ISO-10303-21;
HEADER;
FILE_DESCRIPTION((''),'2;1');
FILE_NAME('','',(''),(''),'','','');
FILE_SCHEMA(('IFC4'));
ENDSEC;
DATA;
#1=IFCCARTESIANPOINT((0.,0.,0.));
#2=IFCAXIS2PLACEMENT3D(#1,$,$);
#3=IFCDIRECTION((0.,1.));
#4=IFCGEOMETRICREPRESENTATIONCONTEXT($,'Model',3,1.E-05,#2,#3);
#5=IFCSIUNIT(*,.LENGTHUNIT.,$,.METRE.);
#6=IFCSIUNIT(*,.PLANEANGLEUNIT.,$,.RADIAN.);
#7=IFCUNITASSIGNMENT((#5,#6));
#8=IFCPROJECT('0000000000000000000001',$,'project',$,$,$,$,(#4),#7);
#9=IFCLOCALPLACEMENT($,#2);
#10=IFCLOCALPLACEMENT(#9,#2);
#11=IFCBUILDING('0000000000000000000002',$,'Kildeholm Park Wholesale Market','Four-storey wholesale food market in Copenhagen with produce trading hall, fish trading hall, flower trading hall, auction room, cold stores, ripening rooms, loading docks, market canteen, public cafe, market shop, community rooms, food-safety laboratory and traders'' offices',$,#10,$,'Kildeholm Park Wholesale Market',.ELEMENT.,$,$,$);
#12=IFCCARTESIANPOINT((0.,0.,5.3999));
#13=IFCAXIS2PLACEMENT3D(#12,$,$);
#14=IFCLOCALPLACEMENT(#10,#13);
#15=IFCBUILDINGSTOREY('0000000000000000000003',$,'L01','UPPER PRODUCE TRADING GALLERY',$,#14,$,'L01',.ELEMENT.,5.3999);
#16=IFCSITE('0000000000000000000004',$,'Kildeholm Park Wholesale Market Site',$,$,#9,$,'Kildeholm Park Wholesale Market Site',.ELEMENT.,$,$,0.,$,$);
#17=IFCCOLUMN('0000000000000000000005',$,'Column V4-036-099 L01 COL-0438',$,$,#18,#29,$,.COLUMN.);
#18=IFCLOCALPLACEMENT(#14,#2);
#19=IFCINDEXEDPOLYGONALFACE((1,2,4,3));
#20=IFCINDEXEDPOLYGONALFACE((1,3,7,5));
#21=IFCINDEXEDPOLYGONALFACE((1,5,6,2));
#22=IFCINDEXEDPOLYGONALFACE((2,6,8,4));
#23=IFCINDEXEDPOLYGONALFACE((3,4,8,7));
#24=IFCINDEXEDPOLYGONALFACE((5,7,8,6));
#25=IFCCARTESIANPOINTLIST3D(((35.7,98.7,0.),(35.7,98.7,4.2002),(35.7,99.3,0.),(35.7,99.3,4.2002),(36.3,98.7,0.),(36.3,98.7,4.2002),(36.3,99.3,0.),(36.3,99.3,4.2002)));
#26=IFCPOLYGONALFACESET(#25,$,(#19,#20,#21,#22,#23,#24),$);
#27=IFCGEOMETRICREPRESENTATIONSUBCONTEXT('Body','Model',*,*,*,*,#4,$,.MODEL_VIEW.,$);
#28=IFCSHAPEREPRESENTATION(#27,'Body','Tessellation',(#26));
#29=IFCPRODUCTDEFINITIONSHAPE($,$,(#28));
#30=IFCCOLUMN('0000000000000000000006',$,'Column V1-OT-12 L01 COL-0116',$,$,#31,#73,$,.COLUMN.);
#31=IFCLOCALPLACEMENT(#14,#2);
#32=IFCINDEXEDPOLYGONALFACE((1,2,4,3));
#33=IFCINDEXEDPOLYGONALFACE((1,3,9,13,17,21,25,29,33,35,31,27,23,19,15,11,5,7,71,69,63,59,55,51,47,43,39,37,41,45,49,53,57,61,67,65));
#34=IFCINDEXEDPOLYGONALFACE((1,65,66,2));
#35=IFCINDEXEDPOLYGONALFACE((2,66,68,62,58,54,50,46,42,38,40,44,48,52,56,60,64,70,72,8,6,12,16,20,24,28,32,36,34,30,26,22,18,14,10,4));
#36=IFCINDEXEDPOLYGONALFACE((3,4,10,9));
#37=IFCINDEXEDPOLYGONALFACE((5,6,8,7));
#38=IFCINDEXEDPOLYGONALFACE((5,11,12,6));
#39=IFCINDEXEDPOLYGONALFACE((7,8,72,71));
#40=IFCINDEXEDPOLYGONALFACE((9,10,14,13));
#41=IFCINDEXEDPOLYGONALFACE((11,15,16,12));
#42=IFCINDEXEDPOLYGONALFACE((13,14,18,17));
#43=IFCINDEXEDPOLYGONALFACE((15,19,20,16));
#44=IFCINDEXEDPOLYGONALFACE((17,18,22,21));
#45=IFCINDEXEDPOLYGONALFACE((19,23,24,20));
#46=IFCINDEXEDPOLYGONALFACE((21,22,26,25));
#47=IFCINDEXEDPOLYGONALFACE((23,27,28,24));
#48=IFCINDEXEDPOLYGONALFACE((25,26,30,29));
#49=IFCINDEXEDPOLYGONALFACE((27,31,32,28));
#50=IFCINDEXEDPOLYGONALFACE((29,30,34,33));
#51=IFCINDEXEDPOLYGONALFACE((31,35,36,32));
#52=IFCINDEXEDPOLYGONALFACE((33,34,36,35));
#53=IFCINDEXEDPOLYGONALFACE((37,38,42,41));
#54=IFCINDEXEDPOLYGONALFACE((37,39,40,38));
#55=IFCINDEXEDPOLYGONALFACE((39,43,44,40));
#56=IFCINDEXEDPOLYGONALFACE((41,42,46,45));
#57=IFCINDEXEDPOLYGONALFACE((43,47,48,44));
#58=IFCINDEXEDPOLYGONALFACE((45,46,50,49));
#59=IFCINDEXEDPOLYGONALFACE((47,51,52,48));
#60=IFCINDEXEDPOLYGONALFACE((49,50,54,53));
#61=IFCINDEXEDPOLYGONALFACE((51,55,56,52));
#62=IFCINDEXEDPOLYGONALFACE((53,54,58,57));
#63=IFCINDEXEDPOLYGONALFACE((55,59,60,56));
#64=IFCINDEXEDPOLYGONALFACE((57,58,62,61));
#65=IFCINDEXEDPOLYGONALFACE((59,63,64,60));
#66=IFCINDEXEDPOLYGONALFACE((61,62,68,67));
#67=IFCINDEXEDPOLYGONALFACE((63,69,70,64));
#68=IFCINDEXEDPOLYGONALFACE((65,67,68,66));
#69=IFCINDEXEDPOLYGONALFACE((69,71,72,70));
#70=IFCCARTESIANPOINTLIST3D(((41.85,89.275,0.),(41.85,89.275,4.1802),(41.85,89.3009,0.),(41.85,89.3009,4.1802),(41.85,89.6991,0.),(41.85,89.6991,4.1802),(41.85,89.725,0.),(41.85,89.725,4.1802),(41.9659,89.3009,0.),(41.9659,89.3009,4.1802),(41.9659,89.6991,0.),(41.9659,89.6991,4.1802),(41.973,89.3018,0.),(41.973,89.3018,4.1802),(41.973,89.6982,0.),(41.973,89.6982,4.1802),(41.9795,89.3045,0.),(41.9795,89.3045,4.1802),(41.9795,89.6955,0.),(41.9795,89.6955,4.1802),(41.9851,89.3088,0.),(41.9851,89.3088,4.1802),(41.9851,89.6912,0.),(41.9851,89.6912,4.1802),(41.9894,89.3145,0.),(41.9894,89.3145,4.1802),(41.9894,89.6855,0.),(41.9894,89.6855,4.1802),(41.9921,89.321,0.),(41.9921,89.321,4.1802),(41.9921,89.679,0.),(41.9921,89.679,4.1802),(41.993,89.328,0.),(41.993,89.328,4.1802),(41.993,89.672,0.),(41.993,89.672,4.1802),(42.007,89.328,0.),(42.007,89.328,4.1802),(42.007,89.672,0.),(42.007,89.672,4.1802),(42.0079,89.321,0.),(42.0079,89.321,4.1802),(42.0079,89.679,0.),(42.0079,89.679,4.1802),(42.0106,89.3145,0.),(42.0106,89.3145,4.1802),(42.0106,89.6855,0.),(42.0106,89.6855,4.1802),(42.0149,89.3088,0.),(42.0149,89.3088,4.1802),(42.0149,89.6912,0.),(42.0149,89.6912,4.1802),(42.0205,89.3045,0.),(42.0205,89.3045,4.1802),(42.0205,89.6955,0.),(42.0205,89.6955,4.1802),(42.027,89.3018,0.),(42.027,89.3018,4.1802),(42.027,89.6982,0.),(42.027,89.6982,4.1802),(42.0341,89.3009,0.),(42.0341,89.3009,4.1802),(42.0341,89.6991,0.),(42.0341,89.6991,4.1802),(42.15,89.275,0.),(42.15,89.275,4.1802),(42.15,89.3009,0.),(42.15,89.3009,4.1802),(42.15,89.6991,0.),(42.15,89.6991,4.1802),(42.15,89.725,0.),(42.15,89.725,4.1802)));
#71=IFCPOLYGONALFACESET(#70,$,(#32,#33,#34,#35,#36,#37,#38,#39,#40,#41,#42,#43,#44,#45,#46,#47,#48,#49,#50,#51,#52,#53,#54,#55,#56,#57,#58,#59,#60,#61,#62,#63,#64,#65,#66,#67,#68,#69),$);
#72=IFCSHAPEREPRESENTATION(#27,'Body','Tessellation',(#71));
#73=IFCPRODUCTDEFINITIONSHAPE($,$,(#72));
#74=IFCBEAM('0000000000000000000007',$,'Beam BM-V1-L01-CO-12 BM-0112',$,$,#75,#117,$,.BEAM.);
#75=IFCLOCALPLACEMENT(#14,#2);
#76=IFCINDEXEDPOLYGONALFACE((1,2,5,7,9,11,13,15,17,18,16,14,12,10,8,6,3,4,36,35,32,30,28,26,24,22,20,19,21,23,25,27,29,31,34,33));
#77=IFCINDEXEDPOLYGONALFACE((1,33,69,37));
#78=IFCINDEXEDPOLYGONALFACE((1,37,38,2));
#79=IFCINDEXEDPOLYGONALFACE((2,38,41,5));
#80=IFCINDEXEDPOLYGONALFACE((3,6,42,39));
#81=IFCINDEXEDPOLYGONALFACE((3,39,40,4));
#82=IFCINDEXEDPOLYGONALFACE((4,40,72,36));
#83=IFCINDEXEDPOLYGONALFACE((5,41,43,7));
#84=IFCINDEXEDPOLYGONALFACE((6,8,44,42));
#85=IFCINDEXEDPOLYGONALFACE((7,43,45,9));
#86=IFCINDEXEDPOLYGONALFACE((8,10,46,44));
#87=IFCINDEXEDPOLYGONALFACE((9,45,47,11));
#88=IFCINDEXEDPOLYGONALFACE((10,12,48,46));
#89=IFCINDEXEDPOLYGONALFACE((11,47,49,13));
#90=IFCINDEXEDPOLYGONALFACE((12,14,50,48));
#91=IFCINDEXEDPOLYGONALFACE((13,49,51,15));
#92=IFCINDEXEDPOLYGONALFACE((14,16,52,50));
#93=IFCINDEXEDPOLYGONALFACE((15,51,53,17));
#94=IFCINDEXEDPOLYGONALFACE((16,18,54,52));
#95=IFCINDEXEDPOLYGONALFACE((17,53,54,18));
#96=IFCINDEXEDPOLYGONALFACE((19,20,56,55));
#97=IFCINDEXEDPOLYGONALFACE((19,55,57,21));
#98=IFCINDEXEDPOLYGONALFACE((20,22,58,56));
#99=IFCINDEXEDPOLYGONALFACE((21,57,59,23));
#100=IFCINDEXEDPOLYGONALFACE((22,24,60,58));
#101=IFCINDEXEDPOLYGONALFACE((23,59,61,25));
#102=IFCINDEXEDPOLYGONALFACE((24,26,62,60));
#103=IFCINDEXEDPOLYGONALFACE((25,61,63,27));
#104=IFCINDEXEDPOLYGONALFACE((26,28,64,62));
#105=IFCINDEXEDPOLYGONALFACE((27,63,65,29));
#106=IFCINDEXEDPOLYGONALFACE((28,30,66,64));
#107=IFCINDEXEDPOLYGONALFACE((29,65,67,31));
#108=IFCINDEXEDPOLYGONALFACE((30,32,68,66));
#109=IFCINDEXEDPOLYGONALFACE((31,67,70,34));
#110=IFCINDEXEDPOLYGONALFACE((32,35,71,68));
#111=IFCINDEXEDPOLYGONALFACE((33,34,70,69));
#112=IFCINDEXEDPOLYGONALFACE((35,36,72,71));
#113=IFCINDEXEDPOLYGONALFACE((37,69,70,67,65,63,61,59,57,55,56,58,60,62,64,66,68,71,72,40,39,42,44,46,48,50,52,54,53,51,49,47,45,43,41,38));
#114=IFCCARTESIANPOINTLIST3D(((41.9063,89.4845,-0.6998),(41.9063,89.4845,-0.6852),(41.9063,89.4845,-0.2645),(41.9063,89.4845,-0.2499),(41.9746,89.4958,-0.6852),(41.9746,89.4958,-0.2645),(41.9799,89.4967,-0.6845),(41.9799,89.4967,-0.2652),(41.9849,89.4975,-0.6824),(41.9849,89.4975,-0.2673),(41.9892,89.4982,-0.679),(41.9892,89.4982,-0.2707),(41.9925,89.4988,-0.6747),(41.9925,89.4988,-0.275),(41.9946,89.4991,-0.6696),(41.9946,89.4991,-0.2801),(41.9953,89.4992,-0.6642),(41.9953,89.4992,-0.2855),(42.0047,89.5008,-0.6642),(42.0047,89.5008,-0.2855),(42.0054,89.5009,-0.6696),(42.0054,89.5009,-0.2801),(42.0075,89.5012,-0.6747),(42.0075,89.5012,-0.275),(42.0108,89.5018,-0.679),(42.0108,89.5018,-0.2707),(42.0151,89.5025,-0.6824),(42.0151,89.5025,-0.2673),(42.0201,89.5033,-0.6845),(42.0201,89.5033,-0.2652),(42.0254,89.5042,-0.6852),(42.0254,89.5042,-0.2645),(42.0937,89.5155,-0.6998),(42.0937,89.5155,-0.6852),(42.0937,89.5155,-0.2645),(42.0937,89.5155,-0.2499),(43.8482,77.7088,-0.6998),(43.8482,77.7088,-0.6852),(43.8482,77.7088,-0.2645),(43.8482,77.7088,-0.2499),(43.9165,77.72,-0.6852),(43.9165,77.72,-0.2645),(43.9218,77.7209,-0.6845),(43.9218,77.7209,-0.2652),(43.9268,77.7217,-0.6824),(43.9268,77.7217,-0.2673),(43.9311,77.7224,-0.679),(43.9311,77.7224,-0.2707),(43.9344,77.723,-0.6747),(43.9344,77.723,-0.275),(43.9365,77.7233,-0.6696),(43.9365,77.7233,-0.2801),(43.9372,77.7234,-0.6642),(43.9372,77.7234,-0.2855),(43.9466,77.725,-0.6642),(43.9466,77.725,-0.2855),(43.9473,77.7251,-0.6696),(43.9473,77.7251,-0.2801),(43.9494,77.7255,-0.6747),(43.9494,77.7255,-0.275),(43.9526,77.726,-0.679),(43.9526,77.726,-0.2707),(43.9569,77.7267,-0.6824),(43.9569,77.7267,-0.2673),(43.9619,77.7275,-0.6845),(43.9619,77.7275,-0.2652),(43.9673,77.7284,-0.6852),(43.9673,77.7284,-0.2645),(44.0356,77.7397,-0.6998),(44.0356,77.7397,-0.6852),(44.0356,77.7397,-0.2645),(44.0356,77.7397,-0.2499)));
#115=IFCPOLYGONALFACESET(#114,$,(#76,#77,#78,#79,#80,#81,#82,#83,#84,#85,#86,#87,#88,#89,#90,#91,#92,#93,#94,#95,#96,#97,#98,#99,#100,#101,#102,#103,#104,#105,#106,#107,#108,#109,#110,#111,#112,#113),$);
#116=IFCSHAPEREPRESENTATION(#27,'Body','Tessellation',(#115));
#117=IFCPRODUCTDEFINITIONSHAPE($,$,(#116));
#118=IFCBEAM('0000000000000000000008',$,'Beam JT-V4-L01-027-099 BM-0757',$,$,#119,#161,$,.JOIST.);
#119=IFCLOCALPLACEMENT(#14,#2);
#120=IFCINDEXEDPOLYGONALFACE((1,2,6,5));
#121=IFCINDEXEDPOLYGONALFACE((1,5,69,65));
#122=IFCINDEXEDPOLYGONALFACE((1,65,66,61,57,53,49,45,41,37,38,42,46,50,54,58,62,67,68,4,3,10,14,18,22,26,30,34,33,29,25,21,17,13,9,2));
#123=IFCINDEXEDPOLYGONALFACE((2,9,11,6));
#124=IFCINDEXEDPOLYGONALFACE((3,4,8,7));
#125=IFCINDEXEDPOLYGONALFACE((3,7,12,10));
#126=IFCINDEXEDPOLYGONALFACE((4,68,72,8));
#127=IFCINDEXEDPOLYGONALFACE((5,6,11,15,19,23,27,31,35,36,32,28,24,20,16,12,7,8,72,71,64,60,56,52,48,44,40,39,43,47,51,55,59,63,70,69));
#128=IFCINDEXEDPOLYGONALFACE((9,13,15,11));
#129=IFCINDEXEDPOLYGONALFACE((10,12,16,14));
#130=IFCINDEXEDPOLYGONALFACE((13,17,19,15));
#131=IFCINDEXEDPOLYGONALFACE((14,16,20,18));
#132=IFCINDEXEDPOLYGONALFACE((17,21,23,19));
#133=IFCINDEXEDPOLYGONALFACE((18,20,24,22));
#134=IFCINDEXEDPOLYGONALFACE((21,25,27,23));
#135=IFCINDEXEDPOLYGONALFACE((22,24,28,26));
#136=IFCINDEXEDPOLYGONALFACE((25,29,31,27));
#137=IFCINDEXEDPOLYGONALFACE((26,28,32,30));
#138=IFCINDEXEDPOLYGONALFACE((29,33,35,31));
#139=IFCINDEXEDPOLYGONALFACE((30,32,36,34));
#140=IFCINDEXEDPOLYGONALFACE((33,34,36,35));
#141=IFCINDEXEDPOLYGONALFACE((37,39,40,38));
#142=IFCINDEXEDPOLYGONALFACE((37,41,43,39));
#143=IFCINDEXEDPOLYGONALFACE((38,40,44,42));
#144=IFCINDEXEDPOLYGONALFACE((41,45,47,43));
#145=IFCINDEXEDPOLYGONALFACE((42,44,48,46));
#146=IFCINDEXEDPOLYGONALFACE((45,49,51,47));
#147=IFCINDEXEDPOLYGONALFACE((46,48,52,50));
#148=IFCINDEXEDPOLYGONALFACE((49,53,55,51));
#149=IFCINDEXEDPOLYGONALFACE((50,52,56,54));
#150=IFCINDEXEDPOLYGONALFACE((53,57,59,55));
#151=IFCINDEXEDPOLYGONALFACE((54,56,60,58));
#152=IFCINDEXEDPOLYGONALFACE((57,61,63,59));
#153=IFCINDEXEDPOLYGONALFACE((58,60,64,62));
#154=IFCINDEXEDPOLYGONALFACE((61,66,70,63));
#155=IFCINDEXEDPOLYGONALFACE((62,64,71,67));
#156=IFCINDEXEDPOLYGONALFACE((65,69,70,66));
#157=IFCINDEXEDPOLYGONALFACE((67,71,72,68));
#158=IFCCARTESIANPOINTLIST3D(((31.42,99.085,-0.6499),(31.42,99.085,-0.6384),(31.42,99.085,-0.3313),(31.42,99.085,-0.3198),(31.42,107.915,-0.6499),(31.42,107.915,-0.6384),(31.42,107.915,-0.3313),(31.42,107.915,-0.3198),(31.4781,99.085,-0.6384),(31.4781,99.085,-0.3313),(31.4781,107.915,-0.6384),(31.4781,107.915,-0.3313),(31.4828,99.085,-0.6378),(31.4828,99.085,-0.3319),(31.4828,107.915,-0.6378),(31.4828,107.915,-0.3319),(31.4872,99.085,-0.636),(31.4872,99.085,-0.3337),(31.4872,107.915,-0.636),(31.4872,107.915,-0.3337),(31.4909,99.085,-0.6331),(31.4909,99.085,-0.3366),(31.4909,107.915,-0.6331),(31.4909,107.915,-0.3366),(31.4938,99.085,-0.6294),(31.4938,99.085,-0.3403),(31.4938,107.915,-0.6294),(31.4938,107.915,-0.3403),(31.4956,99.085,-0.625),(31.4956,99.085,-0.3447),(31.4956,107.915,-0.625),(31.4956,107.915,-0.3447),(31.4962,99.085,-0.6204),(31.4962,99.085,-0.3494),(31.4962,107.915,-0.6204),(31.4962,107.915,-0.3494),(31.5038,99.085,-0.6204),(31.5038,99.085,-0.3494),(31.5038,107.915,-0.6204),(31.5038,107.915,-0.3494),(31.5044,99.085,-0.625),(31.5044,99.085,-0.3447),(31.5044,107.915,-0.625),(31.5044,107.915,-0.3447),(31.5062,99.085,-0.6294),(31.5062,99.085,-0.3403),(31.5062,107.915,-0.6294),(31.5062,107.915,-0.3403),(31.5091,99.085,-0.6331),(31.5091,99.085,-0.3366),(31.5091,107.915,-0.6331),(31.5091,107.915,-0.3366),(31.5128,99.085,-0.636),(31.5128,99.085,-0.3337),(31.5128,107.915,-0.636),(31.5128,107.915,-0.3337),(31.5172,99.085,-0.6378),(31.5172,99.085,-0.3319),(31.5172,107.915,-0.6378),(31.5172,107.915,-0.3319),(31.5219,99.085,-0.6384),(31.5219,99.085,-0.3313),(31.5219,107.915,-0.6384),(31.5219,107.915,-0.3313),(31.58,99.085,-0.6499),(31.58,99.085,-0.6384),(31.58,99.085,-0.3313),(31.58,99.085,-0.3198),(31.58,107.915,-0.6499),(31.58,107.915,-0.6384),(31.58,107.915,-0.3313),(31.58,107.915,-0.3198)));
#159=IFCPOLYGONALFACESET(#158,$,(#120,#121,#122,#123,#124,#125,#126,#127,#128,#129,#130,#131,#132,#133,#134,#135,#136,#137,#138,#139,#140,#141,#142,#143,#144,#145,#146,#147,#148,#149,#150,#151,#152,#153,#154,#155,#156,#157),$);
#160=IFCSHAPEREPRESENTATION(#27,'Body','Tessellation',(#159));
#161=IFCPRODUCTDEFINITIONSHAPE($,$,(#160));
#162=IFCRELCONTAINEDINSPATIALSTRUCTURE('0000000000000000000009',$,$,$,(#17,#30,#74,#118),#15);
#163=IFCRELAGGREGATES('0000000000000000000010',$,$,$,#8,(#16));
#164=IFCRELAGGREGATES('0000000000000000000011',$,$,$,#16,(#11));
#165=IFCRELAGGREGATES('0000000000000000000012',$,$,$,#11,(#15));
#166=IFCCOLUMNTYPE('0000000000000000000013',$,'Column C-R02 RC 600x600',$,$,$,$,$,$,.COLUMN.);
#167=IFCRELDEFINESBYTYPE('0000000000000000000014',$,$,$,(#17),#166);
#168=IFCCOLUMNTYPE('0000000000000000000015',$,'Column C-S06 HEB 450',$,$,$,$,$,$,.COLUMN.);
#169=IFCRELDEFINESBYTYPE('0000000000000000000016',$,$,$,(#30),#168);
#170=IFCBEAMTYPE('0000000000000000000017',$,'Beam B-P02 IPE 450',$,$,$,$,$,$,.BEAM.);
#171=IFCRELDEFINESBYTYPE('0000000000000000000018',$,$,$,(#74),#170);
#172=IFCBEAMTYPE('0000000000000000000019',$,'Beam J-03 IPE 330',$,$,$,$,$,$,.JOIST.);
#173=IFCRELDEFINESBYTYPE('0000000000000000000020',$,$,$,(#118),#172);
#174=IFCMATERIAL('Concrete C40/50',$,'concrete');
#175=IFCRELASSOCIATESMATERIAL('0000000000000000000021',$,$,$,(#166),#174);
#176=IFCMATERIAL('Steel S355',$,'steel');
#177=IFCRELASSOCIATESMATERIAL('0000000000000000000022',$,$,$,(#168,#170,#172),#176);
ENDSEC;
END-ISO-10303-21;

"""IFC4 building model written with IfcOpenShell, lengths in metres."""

from ifc_helpers import new_model, si_unit, direction, frame, origin, origin_2d, place, context, subcontext, project, spatial, rectangle, i_section, extrude, material, material_profile, profile_set, type_object, element, save


model = new_model("IFC4")

# Units and contexts
model_context = context("Model", 3, precision=1e-05, world=origin(), true_north=direction((0.0, 1.0)))
body_context = subcontext(model_context, "Body", "Model", "MODEL_VIEW")
ifc_project = project(units=[si_unit("LENGTHUNIT", "METRE"), si_unit("PLANEANGLEUNIT", "RADIAN")], contexts=[model_context])

# Site, building, storey
site_placement = place(None, origin())
site = spatial("IfcSite", under=ifc_project, at=site_placement, Name="Kildeholm Park Wholesale Market Site", LongName="Kildeholm Park Wholesale Market Site", CompositionType="ELEMENT", RefElevation=0.0)
building_placement = place(site_placement, origin())
building = spatial("IfcBuilding", under=site, at=building_placement, Name="Kildeholm Park Wholesale Market", Description="Four-storey wholesale food market in Copenhagen with produce trading hall, fish trading hall, flower trading hall, auction room, cold stores, ripening rooms, loading docks, market canteen, public cafe, market shop, community rooms, food-safety laboratory and traders' offices", LongName="Kildeholm Park Wholesale Market", CompositionType="ELEMENT")
storey_placement = place(building_placement, frame((0.0, 0.0, 5.3999)))
storey = spatial("IfcBuildingStorey", under=building, at=storey_placement, Name="L01", Description="UPPER PRODUCE TRADING GALLERY", LongName="L01", CompositionType="ELEMENT", Elevation=5.3999)

# Columns
ifc_material_1 = material(Name="Concrete C40/50", Category="concrete")
ifc_material_profile_1 = material_profile(ifc_material_1, rectangle(XDim=0.6001, YDim=0.6001, at=origin_2d()), Name="RC 600x600")
ifc_profile_set_1 = profile_set([ifc_material_profile_1], Name="Concrete C40/50")
column_type_1 = type_object("IfcColumnType", Name="Column C-R02 RC 600x600", PredefinedType="COLUMN", material=ifc_profile_set_1)
column_1_placement = place(storey_placement, frame((36.0, 99.0, 0.0), z_axis=(0.0, 0.0, 1.0), x_axis=(1.0, 0.0, 0.0)))
element("IfcColumn", 1, at=column_1_placement, inside=storey, type_object=column_type_1, Name="Column V4-036-099 L01 COL-0438", PredefinedType="COLUMN", context=body_context, shape_type="SweptSolid", body=[
    extrude(rectangle(XDim=0.6001, YDim=0.6001, at=origin_2d()), origin(), (0.0, 0.0, 1.0), 4.2002),
])
ifc_material_2 = material(Name="Steel S355", Category="steel")
ifc_material_profile_2 = material_profile(ifc_material_2, i_section(OverallWidth=0.3, OverallDepth=0.45, WebThickness=0.0139, FlangeThickness=0.0259, FilletRadius=0.0271, at=origin_2d()), Name="HEB 450")
ifc_profile_set_2 = profile_set([ifc_material_profile_2], Name="Steel S355")
column_type_2 = type_object("IfcColumnType", Name="Column C-S06 HEB 450", PredefinedType="COLUMN", material=ifc_profile_set_2)
column_2_placement = place(storey_placement, frame((42.0, 89.5, 0.0), z_axis=(0.0, 0.0, 1.0), x_axis=(-1.0, 0.0, 0.0)))
element("IfcColumn", 2, at=column_2_placement, inside=storey, type_object=column_type_2, Name="Column V1-OT-12 L01 COL-0116", PredefinedType="COLUMN", context=body_context, shape_type="SweptSolid", body=[
    extrude(i_section(OverallWidth=0.3, OverallDepth=0.45, WebThickness=0.0139, FlangeThickness=0.0259, FilletRadius=0.0271, at=origin_2d()), origin(), (0.0, 0.0, 1.0), 4.1802),
])

# Beams
ifc_material_profile_3 = material_profile(ifc_material_2, i_section(OverallWidth=0.1899, OverallDepth=0.45, WebThickness=0.0095, FlangeThickness=0.0146, FilletRadius=0.021, at=origin_2d()), Name="IPE 450")
ifc_profile_set_3 = profile_set([ifc_material_profile_3], Name="Steel S355")
beam_type_1 = type_object("IfcBeamType", Name="Beam B-P02 IPE 450", PredefinedType="BEAM", material=ifc_profile_set_3)
beam_1_placement = place(storey_placement, frame((42.0, 89.5, -0.4749), z_axis=(0.162707, -0.986674, 0.0), x_axis=(0.986674, 0.162707, 0.0)))
element("IfcBeam", 3, at=beam_1_placement, inside=storey, type_object=beam_type_1, Name="Beam BM-V1-L01-CO-12 BM-0112", PredefinedType="BEAM", context=body_context, shape_type="SweptSolid", body=[
    extrude(i_section(OverallWidth=0.1899, OverallDepth=0.45, WebThickness=0.0095, FlangeThickness=0.0146, FilletRadius=0.021, at=origin_2d()), origin(), (0.0, 0.0, 1.0), 11.9348),
])
ifc_material_profile_4 = material_profile(ifc_material_2, i_section(OverallWidth=0.1599, OverallDepth=0.3301, WebThickness=0.0076, FlangeThickness=0.0115, FilletRadius=0.0181, at=origin_2d()), Name="IPE 330")
ifc_profile_set_4 = profile_set([ifc_material_profile_4], Name="Steel S355")
beam_type_2 = type_object("IfcBeamType", Name="Beam J-03 IPE 330", PredefinedType="JOIST", material=ifc_profile_set_4)
beam_2_placement = place(storey_placement, frame((31.5, 99.085, -0.4849), z_axis=(0.0, 1.0, 0.0), x_axis=(-1.0, 0.0, 0.0)))
element("IfcBeam", 4, at=beam_2_placement, inside=storey, type_object=beam_type_2, Name="Beam JT-V4-L01-027-099 BM-0757", PredefinedType="JOIST", context=body_context, shape_type="SweptSolid", body=[
    extrude(i_section(OverallWidth=0.1599, OverallDepth=0.3301, WebThickness=0.0076, FlangeThickness=0.0115, FilletRadius=0.0181, at=origin_2d()), origin(), (0.0, 0.0, 1.0), 8.8301),
])

save(model, "model.ifc")
